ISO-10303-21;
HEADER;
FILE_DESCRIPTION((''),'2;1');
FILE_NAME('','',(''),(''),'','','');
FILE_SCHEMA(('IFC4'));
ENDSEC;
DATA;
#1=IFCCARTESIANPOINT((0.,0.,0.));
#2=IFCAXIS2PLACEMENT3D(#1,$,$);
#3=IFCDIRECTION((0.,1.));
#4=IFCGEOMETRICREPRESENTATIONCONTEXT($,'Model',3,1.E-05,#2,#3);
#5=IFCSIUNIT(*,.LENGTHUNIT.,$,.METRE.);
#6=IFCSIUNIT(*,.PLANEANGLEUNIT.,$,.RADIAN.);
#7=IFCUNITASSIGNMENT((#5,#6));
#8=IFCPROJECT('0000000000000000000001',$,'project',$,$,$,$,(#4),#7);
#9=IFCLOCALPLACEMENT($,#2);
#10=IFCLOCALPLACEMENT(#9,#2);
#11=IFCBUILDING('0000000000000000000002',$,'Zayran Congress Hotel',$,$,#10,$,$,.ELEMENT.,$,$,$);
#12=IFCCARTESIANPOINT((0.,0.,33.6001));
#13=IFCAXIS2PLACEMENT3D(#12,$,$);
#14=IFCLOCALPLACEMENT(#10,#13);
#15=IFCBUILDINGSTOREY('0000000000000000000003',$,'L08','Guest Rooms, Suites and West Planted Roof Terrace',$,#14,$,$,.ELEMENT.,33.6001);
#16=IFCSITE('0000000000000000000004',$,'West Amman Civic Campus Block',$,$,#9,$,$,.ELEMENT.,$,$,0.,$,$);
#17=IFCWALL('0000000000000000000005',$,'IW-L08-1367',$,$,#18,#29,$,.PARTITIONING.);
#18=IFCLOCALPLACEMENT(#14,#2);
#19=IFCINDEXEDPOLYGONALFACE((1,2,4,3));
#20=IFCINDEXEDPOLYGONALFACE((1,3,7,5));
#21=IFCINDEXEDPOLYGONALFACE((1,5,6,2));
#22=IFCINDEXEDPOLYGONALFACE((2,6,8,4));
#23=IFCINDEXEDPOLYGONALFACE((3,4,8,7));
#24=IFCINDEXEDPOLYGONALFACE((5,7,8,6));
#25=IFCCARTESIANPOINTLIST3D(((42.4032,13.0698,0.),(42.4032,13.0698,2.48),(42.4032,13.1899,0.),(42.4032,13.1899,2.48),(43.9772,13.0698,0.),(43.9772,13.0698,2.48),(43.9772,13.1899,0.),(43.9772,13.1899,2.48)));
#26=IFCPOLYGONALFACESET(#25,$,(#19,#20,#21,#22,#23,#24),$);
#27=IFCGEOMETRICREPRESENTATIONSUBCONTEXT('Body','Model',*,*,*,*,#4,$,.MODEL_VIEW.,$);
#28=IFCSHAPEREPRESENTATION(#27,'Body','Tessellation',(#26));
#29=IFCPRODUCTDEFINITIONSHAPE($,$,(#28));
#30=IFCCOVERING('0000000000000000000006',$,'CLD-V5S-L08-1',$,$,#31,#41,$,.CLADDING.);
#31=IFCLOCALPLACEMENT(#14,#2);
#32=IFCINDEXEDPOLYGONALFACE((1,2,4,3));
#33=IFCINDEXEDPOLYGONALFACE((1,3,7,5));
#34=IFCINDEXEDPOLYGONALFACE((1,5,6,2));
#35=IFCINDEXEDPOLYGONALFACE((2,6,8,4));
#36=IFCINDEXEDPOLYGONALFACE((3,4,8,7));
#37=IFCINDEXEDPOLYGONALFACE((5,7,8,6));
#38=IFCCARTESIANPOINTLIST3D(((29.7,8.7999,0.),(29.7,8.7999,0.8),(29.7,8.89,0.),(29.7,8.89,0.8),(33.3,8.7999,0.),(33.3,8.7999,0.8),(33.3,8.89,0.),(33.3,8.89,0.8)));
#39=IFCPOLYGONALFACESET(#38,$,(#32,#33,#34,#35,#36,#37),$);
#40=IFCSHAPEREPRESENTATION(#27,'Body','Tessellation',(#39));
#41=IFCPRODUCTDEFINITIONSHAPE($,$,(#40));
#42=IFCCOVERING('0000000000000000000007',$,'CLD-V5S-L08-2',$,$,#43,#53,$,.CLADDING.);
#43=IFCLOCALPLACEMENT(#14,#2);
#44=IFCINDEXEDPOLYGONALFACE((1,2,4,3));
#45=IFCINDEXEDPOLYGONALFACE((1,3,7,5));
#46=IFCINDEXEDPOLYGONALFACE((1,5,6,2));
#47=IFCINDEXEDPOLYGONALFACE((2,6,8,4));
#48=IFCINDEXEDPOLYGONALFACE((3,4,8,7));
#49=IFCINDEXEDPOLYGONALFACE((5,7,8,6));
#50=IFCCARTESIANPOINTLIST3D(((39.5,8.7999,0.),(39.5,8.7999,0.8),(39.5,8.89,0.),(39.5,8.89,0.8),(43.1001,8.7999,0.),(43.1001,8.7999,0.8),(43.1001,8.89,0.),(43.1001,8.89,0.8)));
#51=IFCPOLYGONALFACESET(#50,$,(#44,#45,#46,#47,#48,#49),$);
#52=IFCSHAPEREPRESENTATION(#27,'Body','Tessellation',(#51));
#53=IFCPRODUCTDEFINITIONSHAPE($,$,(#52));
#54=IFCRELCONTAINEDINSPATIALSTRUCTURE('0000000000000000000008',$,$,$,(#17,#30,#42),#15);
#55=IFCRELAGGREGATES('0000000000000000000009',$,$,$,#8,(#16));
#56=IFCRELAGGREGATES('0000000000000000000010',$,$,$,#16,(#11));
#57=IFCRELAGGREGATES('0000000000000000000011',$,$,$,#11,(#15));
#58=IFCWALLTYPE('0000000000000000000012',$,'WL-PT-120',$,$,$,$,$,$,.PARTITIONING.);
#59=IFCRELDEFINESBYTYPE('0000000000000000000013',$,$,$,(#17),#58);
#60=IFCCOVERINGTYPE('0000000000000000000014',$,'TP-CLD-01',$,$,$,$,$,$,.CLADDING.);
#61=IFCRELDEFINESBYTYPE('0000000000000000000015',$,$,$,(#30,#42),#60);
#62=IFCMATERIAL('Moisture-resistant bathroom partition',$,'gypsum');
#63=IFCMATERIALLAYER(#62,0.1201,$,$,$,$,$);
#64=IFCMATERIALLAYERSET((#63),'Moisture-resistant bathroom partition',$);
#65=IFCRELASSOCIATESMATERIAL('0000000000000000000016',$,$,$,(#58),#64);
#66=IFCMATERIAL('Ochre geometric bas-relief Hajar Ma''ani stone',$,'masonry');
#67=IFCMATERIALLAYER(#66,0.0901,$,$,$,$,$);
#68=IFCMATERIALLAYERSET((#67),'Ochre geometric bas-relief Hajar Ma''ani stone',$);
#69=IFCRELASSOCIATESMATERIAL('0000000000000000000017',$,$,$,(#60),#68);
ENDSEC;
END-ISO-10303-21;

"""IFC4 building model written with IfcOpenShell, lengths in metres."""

from ifc_helpers import new_model, si_unit, direction, frame, frame_2d, origin, origin_2d, place, context, subcontext, project, spatial, rectangle, extrude, material, layer, layer_set, type_object, element, save


model = new_model("IFC4")

# Units and contexts
model_context = context("Model", 3, precision=1e-05, world=origin(), true_north=direction((0.0, 1.0)))
body_context = subcontext(model_context, "Body", "Model", "MODEL_VIEW")
ifc_project = project(units=[si_unit("LENGTHUNIT", "METRE"), si_unit("PLANEANGLEUNIT", "RADIAN")], contexts=[model_context])

# Site, building, storey
site_placement = place(None, origin())
site = spatial("IfcSite", under=ifc_project, at=site_placement, Name="West Amman Civic Campus Block", CompositionType="ELEMENT", RefElevation=0.0)
building_placement = place(site_placement, origin())
building = spatial("IfcBuilding", under=site, at=building_placement, Name="Zayran Congress Hotel", CompositionType="ELEMENT")
storey_placement = place(building_placement, frame((0.0, 0.0, 33.6001)))
storey = spatial("IfcBuildingStorey", under=building, at=storey_placement, Name="L08", Description="Guest Rooms, Suites and West Planted Roof Terrace", CompositionType="ELEMENT", Elevation=33.6001)

# Shared definitions
ifc_material_1 = material(Name="Moisture-resistant bathroom partition", Category="gypsum")
ifc_layer_1 = layer(ifc_material_1, 0.1201)
ifc_layer_set_1 = layer_set([ifc_layer_1], Name="Moisture-resistant bathroom partition")
wall_type_1 = type_object("IfcWallType", Name="WL-PT-120", PredefinedType="PARTITIONING", material=ifc_layer_set_1)

# Wall
for number, where, z_axis, x_axis, name in (
    (1, (42.4031, 13.1299, 0.0), (0.0, 0.0, 1.0), (1.0, 0.0, 0.0), "IW-L08-1367"),
):
    element("IfcWall", number, at=place(storey_placement, frame(where, z_axis=z_axis, x_axis=x_axis)), inside=storey, type_object=wall_type_1, Name=name, PredefinedType="PARTITIONING", context=body_context, shape_type="SweptSolid", body=[
        extrude(rectangle(XDim=1.574, YDim=0.1201, at=frame_2d((0.7871, 0.0))), origin(), (0.0, 0.0, 1.0), 2.48),
    ])

# Coverings
ifc_material_2 = material(Name="Ochre geometric bas-relief Hajar Ma'ani stone", Category="masonry")
ifc_layer_2 = layer(ifc_material_2, 0.0901)
ifc_layer_set_2 = layer_set([ifc_layer_2], Name="Ochre geometric bas-relief Hajar Ma'ani stone")
covering_type = type_object("IfcCoveringType", Name="TP-CLD-01", PredefinedType="CLADDING", material=ifc_layer_set_2)
for number, where, z_axis, x_axis, name in (
    (2, (31.5, 8.845, 0.0), (0.0, 0.0, 1.0), (1.0, 0.0, 0.0), "CLD-V5S-L08-1"),
    (3, (41.3, 8.845, 0.0), (0.0, 0.0, 1.0), (1.0, 0.0, 0.0), "CLD-V5S-L08-2"),
):
    element("IfcCovering", number, at=place(storey_placement, frame(where, z_axis=z_axis, x_axis=x_axis)), inside=storey, type_object=covering_type, Name=name, PredefinedType="CLADDING", context=body_context, shape_type="SweptSolid", body=[
        extrude(rectangle(XDim=3.6001, YDim=0.0901, at=origin_2d()), origin(), (0.0, 0.0, 1.0), 0.8),
    ])

save(model, "model.ifc")
